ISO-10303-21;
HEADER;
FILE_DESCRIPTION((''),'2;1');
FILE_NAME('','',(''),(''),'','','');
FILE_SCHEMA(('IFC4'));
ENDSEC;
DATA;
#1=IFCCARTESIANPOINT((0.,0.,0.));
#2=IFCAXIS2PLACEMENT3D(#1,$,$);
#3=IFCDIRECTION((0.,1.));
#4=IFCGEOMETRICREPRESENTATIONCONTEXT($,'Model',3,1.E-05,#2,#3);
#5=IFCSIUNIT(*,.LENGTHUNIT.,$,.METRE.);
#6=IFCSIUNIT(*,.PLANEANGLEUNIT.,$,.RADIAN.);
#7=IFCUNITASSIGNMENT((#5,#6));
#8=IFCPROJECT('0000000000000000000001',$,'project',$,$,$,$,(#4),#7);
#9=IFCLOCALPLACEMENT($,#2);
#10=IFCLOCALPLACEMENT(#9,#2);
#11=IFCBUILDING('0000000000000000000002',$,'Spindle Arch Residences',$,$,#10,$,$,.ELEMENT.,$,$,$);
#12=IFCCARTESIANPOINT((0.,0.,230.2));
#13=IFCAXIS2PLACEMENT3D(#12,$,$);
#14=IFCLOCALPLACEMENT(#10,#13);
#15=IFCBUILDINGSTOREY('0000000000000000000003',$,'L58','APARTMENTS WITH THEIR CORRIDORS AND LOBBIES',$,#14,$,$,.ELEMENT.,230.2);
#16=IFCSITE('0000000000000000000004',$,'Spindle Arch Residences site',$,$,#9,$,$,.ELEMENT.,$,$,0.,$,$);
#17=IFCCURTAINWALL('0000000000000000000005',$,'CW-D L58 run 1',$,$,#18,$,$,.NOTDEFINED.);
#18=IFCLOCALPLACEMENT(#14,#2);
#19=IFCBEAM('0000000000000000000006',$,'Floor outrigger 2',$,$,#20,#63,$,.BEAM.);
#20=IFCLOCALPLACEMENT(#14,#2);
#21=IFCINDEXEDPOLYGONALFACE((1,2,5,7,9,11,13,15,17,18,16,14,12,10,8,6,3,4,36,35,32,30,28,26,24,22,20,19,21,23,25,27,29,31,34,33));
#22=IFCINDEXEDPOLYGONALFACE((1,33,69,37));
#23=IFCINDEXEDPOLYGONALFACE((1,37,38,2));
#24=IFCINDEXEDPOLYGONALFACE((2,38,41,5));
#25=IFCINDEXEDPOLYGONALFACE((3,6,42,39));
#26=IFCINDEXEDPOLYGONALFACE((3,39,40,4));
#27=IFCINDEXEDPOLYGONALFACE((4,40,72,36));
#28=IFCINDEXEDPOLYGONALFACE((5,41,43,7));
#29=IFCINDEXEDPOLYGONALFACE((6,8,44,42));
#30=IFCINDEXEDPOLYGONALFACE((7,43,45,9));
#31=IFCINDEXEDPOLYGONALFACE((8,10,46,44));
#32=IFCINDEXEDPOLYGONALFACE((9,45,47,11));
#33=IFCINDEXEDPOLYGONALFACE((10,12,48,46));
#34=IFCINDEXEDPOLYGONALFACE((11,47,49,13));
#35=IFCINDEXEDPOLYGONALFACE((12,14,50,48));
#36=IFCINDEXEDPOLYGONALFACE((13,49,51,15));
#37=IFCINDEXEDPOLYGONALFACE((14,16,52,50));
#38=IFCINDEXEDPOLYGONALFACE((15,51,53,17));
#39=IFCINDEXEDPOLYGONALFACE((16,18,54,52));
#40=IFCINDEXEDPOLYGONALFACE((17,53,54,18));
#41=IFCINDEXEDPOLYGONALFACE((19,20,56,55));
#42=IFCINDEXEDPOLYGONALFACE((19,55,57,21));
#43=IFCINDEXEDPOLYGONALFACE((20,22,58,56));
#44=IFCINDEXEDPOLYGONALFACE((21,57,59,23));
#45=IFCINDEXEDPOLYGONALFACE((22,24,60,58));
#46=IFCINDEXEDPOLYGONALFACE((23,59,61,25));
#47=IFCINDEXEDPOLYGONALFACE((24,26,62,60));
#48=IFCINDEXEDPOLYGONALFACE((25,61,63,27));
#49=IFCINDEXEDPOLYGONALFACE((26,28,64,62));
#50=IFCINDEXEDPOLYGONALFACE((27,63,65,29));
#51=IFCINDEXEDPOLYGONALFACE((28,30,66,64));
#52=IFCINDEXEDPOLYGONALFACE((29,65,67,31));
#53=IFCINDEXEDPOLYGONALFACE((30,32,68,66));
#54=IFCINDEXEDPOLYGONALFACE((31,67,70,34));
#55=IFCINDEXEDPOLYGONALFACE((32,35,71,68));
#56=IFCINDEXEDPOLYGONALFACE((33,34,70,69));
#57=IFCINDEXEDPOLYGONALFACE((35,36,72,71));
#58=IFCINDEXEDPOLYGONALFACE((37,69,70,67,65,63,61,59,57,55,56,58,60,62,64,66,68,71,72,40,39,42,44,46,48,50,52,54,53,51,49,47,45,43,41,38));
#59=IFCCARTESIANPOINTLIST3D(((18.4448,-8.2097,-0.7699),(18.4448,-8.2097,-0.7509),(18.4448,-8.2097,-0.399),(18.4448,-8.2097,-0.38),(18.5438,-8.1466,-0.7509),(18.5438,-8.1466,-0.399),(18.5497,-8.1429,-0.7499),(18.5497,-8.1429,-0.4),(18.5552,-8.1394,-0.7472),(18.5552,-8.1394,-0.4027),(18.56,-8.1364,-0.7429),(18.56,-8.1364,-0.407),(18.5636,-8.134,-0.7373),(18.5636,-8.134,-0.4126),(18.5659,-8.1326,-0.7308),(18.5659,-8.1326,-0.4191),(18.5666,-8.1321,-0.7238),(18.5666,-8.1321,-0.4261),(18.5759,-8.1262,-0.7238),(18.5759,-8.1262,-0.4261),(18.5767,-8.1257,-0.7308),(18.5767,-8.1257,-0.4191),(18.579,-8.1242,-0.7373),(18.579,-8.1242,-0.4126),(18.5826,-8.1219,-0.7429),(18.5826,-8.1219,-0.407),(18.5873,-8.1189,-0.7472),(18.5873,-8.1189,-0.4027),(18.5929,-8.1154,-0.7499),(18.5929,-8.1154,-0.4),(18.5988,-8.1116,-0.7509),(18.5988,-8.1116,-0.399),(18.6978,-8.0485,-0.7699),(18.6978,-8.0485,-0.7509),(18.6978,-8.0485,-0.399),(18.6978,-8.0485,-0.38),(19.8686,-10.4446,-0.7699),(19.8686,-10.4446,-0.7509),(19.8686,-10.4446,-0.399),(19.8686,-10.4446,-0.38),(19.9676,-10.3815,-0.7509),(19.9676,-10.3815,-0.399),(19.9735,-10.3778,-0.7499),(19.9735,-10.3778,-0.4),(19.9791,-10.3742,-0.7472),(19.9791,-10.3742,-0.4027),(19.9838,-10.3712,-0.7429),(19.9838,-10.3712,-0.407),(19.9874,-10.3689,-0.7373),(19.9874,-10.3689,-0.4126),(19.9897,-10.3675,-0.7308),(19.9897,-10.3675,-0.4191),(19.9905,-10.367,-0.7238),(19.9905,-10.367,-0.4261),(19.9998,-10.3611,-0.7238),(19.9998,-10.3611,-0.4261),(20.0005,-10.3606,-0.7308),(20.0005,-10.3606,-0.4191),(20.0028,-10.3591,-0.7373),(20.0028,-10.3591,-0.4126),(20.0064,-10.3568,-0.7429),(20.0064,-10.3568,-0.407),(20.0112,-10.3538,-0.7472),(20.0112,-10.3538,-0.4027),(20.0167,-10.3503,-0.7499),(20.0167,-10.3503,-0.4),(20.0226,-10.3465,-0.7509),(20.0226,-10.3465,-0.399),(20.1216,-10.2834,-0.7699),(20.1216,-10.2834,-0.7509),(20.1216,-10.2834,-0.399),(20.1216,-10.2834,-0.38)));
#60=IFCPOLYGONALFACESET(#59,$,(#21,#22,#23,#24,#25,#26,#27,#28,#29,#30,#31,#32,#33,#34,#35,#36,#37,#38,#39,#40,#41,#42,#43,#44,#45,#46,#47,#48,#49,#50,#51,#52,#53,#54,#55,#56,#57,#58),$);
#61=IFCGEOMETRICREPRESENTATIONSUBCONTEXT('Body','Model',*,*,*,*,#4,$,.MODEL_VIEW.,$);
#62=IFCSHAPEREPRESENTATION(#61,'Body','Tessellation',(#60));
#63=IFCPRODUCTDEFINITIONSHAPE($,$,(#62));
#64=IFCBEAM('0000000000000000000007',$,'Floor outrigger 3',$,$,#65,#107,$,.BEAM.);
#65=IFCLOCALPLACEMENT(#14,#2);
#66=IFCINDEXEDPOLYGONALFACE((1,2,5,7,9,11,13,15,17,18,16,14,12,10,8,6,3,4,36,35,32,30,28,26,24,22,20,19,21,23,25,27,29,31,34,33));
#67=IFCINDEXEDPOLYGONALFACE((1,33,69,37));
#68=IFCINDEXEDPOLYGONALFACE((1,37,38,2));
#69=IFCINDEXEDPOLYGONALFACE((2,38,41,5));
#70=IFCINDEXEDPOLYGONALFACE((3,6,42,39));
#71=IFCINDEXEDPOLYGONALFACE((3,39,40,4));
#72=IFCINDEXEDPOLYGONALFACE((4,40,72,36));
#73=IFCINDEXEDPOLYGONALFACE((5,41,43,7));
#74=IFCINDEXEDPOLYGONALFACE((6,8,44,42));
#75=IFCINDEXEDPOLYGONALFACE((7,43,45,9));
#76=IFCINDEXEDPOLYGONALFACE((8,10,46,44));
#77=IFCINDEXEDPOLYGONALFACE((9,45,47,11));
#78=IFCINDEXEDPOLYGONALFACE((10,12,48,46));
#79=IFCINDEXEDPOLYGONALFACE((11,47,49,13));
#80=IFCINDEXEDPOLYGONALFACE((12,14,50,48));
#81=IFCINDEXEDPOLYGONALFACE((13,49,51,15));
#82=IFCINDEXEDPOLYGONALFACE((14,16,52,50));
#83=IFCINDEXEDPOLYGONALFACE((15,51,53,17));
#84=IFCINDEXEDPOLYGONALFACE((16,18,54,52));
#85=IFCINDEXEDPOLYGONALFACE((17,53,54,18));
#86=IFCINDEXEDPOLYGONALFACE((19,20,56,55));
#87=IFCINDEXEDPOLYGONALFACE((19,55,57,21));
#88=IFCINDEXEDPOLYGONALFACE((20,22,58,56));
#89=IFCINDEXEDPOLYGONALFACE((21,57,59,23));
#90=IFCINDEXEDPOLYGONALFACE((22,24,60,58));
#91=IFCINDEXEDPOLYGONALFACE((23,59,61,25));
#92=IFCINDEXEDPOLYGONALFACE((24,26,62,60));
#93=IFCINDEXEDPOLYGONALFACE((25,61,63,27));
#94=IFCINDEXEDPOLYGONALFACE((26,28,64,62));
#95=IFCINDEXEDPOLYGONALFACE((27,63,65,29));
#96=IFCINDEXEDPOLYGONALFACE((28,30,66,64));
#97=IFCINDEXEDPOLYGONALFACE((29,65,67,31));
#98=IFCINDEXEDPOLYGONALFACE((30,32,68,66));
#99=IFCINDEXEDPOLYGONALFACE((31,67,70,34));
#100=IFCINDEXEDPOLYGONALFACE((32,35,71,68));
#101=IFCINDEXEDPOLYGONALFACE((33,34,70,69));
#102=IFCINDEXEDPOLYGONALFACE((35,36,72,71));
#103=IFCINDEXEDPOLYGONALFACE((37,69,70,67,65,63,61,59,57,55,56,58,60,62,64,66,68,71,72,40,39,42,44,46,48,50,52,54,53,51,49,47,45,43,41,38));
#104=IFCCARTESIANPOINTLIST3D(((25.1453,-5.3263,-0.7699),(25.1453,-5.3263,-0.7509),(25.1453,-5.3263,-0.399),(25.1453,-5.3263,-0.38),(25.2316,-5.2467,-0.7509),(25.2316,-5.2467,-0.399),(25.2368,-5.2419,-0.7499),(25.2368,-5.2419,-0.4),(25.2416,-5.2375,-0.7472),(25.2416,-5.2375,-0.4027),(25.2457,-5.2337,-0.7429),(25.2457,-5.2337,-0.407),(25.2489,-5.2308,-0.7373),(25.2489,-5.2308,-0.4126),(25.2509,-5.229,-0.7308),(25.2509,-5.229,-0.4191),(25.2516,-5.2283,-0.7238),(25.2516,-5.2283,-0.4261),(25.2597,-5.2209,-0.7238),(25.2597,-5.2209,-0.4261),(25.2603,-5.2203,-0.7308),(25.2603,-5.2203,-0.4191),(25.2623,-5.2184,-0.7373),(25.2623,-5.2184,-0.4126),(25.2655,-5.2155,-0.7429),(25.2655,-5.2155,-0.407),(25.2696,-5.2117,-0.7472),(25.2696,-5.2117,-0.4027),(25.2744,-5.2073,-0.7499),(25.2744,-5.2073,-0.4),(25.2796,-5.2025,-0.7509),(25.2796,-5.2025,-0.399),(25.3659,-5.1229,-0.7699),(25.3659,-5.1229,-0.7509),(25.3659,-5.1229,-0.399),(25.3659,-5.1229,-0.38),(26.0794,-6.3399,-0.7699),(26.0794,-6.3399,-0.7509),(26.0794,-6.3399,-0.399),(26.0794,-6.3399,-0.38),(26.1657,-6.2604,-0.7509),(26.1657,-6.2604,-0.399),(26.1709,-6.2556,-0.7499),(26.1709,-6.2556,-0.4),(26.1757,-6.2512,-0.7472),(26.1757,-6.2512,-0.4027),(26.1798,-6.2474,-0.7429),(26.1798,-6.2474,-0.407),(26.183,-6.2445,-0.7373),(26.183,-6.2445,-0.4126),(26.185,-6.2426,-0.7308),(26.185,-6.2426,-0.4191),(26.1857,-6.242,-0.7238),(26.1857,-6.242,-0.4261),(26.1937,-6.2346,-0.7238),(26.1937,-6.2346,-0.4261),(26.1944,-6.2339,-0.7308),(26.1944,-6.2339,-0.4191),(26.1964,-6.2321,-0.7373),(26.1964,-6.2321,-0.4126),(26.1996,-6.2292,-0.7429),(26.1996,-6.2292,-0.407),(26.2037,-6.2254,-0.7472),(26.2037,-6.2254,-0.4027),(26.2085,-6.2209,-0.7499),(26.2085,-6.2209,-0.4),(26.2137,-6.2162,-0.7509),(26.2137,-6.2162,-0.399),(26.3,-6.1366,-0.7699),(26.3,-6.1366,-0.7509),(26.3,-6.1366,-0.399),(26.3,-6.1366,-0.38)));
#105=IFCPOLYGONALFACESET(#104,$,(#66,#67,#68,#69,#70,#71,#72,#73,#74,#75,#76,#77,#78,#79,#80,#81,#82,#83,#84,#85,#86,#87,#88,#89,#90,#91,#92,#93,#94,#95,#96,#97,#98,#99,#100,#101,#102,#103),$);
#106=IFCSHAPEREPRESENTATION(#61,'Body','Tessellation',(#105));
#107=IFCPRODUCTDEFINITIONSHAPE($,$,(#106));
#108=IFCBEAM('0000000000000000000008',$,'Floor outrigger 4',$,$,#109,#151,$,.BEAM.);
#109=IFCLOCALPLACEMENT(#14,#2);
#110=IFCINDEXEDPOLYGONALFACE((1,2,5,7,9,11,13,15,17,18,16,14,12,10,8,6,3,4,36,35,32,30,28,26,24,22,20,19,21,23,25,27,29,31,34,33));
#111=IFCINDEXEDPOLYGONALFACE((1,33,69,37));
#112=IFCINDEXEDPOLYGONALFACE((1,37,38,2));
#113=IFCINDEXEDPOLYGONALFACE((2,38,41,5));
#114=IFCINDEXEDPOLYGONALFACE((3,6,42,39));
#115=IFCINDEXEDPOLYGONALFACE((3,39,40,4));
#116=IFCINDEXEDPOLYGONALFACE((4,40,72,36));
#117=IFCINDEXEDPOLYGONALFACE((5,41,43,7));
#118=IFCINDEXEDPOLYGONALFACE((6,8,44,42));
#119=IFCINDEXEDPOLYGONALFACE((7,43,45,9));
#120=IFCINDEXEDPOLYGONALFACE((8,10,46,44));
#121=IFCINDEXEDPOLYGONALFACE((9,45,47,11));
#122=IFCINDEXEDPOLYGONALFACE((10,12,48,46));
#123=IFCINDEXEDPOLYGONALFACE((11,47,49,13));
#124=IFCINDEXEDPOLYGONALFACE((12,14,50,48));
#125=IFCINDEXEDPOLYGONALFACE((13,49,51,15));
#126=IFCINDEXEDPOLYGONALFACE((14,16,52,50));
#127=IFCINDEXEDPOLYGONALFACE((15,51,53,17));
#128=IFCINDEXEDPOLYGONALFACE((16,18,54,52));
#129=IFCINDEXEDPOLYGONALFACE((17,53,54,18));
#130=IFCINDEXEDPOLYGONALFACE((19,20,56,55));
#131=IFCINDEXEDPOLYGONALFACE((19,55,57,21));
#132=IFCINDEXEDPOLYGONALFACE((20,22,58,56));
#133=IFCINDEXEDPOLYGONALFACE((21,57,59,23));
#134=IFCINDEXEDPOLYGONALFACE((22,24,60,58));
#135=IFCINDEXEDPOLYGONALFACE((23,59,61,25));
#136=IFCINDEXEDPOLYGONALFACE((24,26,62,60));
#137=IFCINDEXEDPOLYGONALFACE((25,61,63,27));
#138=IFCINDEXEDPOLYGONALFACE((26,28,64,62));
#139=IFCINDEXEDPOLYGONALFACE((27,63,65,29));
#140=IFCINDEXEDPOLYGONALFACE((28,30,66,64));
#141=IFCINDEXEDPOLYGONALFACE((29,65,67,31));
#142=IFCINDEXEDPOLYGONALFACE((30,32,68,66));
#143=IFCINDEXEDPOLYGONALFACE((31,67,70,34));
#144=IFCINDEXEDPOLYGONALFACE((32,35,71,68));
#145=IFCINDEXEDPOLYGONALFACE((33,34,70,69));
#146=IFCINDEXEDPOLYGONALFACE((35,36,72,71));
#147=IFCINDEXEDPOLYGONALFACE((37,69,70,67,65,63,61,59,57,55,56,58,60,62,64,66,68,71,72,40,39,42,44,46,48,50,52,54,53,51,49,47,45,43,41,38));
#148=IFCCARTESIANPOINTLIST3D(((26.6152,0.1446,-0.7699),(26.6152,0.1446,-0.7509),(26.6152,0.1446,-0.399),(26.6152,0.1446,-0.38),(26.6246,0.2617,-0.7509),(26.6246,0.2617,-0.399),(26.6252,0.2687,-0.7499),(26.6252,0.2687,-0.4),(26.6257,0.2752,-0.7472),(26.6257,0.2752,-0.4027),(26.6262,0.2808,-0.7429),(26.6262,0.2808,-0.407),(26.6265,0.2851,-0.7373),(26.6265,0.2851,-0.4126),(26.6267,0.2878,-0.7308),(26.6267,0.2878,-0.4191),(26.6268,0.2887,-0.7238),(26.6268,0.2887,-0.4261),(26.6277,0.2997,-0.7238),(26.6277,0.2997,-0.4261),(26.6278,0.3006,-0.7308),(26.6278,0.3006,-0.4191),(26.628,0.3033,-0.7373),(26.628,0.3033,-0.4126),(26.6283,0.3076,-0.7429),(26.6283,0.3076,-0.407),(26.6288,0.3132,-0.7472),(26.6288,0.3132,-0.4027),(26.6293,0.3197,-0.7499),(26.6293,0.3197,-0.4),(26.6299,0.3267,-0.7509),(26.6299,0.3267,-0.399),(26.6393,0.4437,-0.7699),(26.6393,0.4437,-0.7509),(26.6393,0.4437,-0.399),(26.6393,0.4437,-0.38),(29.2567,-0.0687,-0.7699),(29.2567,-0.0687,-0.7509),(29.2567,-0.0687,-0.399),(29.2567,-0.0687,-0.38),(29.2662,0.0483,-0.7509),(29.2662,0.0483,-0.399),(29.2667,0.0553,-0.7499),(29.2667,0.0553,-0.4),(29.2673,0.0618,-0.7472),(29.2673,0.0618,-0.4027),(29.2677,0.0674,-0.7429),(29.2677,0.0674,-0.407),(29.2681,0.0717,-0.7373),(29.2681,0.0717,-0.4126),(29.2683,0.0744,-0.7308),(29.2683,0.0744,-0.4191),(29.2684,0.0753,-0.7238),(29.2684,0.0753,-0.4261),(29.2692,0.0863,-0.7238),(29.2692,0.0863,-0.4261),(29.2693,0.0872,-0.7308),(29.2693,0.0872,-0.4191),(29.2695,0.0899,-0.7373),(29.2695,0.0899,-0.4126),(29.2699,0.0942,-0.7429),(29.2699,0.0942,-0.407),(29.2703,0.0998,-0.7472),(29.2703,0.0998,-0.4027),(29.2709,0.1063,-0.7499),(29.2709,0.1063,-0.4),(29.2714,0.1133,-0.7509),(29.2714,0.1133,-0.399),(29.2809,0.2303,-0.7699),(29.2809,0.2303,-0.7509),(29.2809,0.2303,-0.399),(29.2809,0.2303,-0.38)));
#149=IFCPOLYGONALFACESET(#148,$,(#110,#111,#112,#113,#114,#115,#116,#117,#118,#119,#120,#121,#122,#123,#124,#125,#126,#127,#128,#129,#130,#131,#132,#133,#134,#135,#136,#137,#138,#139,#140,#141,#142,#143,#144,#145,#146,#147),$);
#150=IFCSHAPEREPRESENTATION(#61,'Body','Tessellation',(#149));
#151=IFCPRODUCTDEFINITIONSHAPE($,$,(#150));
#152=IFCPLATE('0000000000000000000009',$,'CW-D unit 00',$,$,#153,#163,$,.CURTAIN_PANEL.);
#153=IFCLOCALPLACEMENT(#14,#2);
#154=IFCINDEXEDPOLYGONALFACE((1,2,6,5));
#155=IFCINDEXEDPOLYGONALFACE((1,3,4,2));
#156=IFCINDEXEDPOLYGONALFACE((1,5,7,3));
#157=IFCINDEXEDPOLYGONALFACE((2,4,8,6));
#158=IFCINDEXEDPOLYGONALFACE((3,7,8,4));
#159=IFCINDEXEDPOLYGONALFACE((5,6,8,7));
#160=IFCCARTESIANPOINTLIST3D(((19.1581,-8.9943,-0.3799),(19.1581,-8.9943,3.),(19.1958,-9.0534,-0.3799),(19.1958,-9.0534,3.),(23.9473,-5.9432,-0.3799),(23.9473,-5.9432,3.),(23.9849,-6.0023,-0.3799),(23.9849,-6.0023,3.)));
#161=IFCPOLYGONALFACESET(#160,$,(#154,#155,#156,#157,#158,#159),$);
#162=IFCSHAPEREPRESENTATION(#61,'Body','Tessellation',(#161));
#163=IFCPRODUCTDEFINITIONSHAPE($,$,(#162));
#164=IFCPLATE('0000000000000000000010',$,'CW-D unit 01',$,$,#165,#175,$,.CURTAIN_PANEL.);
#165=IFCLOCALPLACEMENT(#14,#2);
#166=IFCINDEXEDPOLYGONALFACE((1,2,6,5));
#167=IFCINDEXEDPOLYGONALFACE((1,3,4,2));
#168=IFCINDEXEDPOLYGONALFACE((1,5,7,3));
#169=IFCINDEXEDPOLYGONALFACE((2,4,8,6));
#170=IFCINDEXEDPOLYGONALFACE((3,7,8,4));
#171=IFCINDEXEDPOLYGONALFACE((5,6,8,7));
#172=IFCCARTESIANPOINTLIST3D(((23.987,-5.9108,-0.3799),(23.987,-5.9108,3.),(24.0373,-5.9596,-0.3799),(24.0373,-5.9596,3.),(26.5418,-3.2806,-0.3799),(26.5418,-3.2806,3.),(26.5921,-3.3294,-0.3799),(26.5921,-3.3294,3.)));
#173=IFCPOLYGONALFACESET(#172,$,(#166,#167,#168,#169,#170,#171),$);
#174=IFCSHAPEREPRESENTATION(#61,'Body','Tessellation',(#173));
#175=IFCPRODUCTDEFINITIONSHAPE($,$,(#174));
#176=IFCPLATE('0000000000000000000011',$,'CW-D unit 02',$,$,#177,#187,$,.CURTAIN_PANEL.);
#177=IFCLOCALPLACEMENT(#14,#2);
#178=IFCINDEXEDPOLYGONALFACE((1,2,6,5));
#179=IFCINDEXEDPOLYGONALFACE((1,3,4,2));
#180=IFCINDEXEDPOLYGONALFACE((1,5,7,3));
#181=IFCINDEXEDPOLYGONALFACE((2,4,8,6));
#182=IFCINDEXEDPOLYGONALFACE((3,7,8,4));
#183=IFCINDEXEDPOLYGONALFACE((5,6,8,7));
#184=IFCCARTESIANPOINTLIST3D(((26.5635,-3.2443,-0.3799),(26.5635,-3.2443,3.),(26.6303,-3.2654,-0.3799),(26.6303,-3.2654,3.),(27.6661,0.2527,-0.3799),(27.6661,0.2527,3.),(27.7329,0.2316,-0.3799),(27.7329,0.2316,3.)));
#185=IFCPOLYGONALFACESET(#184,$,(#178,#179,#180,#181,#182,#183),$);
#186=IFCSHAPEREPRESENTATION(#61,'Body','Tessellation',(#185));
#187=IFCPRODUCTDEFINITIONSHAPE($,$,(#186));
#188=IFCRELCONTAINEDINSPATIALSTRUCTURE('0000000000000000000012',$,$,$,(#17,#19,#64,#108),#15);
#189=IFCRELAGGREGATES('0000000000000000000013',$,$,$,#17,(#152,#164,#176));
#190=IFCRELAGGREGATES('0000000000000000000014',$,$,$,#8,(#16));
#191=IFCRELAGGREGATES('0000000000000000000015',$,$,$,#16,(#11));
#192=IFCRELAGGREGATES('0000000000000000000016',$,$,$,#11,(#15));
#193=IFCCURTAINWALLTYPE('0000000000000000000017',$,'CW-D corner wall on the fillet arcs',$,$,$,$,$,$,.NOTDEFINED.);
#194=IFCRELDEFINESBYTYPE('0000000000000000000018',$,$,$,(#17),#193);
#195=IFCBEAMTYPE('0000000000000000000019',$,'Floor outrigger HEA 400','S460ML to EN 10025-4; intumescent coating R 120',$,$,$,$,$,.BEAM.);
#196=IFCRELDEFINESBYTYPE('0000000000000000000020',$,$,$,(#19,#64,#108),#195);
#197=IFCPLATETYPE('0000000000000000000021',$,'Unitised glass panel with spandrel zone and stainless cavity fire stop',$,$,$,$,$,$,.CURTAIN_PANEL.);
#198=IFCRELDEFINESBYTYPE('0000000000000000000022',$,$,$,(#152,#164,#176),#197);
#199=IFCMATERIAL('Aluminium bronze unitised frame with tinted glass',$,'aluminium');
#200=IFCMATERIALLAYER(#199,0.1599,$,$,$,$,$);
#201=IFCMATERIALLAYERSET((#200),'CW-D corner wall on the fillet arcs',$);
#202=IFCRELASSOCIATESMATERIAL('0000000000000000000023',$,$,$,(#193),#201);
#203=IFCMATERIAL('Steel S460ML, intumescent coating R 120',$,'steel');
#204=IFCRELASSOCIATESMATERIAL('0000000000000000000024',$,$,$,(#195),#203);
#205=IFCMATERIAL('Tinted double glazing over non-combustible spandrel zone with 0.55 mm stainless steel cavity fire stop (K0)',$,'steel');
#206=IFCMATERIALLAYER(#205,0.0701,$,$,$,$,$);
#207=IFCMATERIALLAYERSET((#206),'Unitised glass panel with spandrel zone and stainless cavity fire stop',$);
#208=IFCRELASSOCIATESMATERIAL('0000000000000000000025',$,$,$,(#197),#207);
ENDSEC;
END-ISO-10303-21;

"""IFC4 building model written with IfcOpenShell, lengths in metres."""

from ifc_helpers import new_model, si_unit, direction, frame, origin, origin_2d, place, context, subcontext, project, spatial, rectangle, i_section, extrude, material, layer, layer_set, material_profile, profile_set, type_object, element, aggregate, save


model = new_model("IFC4")

# Units and contexts
model_context = context("Model", 3, precision=1e-05, world=origin(), true_north=direction((0.0, 1.0)))
body_context = subcontext(model_context, "Body", "Model", "MODEL_VIEW")
ifc_project = project(units=[si_unit("LENGTHUNIT", "METRE"), si_unit("PLANEANGLEUNIT", "RADIAN")], contexts=[model_context])

# Site, building, storey
site_placement = place(None, origin())
site = spatial("IfcSite", under=ifc_project, at=site_placement, Name="Spindle Arch Residences site", CompositionType="ELEMENT", RefElevation=0.0)
building_placement = place(site_placement, origin())
building = spatial("IfcBuilding", under=site, at=building_placement, Name="Spindle Arch Residences", CompositionType="ELEMENT")
storey_placement = place(building_placement, frame((0.0, 0.0, 230.2)))
storey = spatial("IfcBuildingStorey", under=building, at=storey_placement, Name="L58", Description="APARTMENTS WITH THEIR CORRIDORS AND LOBBIES", CompositionType="ELEMENT", Elevation=230.2)

# Curtain wall
ifc_material_1 = material(Name="Aluminium bronze unitised frame with tinted glass", Category="aluminium")
ifc_layer_1 = layer(ifc_material_1, 0.1599)
ifc_layer_set_1 = layer_set([ifc_layer_1], Name="CW-D corner wall on the fillet arcs")
curtain_wall_type = type_object("IfcCurtainWallType", Name="CW-D corner wall on the fillet arcs", PredefinedType="NOTDEFINED", material=ifc_layer_set_1)
curtain_wall_placement = place(storey_placement, origin())
curtain_wall = element("IfcCurtainWall", 1, at=curtain_wall_placement, inside=storey, type_object=curtain_wall_type, Name="CW-D L58 run 1", PredefinedType="NOTDEFINED")

# Beams
ifc_material_2 = material(Name="Steel S460ML, intumescent coating R 120", Category="steel")
ifc_material_profile_1 = material_profile(ifc_material_2, i_section(OverallWidth=0.3, OverallDepth=0.3899, WebThickness=0.011, FlangeThickness=0.019, FilletRadius=0.0271, at=origin_2d()), Name="HEA 400")
ifc_profile_set_1 = profile_set([ifc_material_profile_1], Name="Steel S460ML, intumescent coating R 120")
beam_type_1 = type_object("IfcBeamType", Name="Floor outrigger HEA 400", Description="S460ML to EN 10025-4; intumescent coating R 120", PredefinedType="BEAM", material=ifc_profile_set_1)
beam_1_placement = place(storey_placement, frame((19.9951, -10.364, -0.575), z_axis=(-0.537317, 0.843381, 0.0), x_axis=(-0.843381, -0.537317, 0.0)))
element("IfcBeam", 2, at=beam_1_placement, inside=storey, type_object=beam_type_1, Name="Floor outrigger 2", PredefinedType="BEAM", context=body_context, shape_type="SweptSolid", body=[
    extrude(i_section(OverallWidth=0.3, OverallDepth=0.3899, WebThickness=0.011, FlangeThickness=0.019, FilletRadius=0.0271, at=origin_2d()), origin(), (0.0, 0.0, 1.0), 2.6499),
])
beam_2_placement = place(storey_placement, frame((26.1897, -6.2383, -0.575), z_axis=(-0.677647, 0.735387, 0.0), x_axis=(-0.735387, -0.677647, 0.0)))
element("IfcBeam", 3, at=beam_2_placement, inside=storey, type_object=beam_type_1, Name="Floor outrigger 3", PredefinedType="BEAM", context=body_context, shape_type="SweptSolid", body=[
    extrude(i_section(OverallWidth=0.3, OverallDepth=0.3899, WebThickness=0.011, FlangeThickness=0.019, FilletRadius=0.0271, at=origin_2d()), origin(), (0.0, 0.0, 1.0), 1.3784),
])
beam_3_placement = place(storey_placement, frame((29.2688, 0.0808, -0.575), z_axis=(-0.996753, 0.080514, 0.0), x_axis=(-0.080514, -0.996753, 0.0)))
element("IfcBeam", 4, at=beam_3_placement, inside=storey, type_object=beam_type_1, Name="Floor outrigger 4", PredefinedType="BEAM", context=body_context, shape_type="SweptSolid", body=[
    extrude(i_section(OverallWidth=0.3, OverallDepth=0.3899, WebThickness=0.011, FlangeThickness=0.019, FilletRadius=0.0271, at=origin_2d()), origin(), (0.0, 0.0, 1.0), 2.6501),
])

# Plates
ifc_material_3 = material(Name="Tinted double glazing over non-combustible spandrel zone with 0.55 mm stainless steel cavity fire stop (K0)", Category="steel")
ifc_layer_2 = layer(ifc_material_3, 0.0701)
ifc_layer_set_2 = layer_set([ifc_layer_2], Name="Unitised glass panel with spandrel zone and stainless cavity fire stop")
plate_type = type_object("IfcPlateType", Name="Unitised glass panel with spandrel zone and stainless cavity fire stop", PredefinedType="CURTAIN_PANEL", material=ifc_layer_set_2)
plate_1_placement = place(storey_placement, frame((21.5715, -7.4983, -0.3799), z_axis=(0.0, 0.0, 1.0), x_axis=(0.843391, 0.5373, 0.0)))
plate_1 = element("IfcPlate", 5, at=plate_1_placement, type_object=plate_type, Name="CW-D unit 00", PredefinedType="CURTAIN_PANEL", context=body_context, shape_type="SweptSolid", body=[
    extrude(rectangle(XDim=5.6785, YDim=0.0701, at=origin_2d()), origin(), (0.0, 0.0, 1.0), 3.3799),
])
plate_2_placement = place(storey_placement, frame((25.2896, -4.6201, -0.3799), z_axis=(0.0, 0.0, 1.0), x_axis=(0.696748, 0.717316, 0.0)))
plate_2 = element("IfcPlate", 6, at=plate_2_placement, type_object=plate_type, Name="CW-D unit 01", PredefinedType="CURTAIN_PANEL", context=body_context, shape_type="SweptSolid", body=[
    extrude(rectangle(XDim=3.6667, YDim=0.0701, at=origin_2d()), origin(), (0.0, 0.0, 1.0), 3.3799),
])
plate_3_placement = place(storey_placement, frame((27.1482, -1.5063, -0.3799), z_axis=(0.0, 0.0, 1.0), x_axis=(0.300706, 0.953717, 0.0)))
plate_3 = element("IfcPlate", 7, at=plate_3_placement, type_object=plate_type, Name="CW-D unit 02", PredefinedType="CURTAIN_PANEL", context=body_context, shape_type="SweptSolid", body=[
    extrude(rectangle(XDim=3.6667, YDim=0.0701, at=origin_2d()), origin(), (0.0, 0.0, 1.0), 3.3799),
])
aggregate(curtain_wall, [plate_1, plate_2, plate_3])

save(model, "model.ifc")
